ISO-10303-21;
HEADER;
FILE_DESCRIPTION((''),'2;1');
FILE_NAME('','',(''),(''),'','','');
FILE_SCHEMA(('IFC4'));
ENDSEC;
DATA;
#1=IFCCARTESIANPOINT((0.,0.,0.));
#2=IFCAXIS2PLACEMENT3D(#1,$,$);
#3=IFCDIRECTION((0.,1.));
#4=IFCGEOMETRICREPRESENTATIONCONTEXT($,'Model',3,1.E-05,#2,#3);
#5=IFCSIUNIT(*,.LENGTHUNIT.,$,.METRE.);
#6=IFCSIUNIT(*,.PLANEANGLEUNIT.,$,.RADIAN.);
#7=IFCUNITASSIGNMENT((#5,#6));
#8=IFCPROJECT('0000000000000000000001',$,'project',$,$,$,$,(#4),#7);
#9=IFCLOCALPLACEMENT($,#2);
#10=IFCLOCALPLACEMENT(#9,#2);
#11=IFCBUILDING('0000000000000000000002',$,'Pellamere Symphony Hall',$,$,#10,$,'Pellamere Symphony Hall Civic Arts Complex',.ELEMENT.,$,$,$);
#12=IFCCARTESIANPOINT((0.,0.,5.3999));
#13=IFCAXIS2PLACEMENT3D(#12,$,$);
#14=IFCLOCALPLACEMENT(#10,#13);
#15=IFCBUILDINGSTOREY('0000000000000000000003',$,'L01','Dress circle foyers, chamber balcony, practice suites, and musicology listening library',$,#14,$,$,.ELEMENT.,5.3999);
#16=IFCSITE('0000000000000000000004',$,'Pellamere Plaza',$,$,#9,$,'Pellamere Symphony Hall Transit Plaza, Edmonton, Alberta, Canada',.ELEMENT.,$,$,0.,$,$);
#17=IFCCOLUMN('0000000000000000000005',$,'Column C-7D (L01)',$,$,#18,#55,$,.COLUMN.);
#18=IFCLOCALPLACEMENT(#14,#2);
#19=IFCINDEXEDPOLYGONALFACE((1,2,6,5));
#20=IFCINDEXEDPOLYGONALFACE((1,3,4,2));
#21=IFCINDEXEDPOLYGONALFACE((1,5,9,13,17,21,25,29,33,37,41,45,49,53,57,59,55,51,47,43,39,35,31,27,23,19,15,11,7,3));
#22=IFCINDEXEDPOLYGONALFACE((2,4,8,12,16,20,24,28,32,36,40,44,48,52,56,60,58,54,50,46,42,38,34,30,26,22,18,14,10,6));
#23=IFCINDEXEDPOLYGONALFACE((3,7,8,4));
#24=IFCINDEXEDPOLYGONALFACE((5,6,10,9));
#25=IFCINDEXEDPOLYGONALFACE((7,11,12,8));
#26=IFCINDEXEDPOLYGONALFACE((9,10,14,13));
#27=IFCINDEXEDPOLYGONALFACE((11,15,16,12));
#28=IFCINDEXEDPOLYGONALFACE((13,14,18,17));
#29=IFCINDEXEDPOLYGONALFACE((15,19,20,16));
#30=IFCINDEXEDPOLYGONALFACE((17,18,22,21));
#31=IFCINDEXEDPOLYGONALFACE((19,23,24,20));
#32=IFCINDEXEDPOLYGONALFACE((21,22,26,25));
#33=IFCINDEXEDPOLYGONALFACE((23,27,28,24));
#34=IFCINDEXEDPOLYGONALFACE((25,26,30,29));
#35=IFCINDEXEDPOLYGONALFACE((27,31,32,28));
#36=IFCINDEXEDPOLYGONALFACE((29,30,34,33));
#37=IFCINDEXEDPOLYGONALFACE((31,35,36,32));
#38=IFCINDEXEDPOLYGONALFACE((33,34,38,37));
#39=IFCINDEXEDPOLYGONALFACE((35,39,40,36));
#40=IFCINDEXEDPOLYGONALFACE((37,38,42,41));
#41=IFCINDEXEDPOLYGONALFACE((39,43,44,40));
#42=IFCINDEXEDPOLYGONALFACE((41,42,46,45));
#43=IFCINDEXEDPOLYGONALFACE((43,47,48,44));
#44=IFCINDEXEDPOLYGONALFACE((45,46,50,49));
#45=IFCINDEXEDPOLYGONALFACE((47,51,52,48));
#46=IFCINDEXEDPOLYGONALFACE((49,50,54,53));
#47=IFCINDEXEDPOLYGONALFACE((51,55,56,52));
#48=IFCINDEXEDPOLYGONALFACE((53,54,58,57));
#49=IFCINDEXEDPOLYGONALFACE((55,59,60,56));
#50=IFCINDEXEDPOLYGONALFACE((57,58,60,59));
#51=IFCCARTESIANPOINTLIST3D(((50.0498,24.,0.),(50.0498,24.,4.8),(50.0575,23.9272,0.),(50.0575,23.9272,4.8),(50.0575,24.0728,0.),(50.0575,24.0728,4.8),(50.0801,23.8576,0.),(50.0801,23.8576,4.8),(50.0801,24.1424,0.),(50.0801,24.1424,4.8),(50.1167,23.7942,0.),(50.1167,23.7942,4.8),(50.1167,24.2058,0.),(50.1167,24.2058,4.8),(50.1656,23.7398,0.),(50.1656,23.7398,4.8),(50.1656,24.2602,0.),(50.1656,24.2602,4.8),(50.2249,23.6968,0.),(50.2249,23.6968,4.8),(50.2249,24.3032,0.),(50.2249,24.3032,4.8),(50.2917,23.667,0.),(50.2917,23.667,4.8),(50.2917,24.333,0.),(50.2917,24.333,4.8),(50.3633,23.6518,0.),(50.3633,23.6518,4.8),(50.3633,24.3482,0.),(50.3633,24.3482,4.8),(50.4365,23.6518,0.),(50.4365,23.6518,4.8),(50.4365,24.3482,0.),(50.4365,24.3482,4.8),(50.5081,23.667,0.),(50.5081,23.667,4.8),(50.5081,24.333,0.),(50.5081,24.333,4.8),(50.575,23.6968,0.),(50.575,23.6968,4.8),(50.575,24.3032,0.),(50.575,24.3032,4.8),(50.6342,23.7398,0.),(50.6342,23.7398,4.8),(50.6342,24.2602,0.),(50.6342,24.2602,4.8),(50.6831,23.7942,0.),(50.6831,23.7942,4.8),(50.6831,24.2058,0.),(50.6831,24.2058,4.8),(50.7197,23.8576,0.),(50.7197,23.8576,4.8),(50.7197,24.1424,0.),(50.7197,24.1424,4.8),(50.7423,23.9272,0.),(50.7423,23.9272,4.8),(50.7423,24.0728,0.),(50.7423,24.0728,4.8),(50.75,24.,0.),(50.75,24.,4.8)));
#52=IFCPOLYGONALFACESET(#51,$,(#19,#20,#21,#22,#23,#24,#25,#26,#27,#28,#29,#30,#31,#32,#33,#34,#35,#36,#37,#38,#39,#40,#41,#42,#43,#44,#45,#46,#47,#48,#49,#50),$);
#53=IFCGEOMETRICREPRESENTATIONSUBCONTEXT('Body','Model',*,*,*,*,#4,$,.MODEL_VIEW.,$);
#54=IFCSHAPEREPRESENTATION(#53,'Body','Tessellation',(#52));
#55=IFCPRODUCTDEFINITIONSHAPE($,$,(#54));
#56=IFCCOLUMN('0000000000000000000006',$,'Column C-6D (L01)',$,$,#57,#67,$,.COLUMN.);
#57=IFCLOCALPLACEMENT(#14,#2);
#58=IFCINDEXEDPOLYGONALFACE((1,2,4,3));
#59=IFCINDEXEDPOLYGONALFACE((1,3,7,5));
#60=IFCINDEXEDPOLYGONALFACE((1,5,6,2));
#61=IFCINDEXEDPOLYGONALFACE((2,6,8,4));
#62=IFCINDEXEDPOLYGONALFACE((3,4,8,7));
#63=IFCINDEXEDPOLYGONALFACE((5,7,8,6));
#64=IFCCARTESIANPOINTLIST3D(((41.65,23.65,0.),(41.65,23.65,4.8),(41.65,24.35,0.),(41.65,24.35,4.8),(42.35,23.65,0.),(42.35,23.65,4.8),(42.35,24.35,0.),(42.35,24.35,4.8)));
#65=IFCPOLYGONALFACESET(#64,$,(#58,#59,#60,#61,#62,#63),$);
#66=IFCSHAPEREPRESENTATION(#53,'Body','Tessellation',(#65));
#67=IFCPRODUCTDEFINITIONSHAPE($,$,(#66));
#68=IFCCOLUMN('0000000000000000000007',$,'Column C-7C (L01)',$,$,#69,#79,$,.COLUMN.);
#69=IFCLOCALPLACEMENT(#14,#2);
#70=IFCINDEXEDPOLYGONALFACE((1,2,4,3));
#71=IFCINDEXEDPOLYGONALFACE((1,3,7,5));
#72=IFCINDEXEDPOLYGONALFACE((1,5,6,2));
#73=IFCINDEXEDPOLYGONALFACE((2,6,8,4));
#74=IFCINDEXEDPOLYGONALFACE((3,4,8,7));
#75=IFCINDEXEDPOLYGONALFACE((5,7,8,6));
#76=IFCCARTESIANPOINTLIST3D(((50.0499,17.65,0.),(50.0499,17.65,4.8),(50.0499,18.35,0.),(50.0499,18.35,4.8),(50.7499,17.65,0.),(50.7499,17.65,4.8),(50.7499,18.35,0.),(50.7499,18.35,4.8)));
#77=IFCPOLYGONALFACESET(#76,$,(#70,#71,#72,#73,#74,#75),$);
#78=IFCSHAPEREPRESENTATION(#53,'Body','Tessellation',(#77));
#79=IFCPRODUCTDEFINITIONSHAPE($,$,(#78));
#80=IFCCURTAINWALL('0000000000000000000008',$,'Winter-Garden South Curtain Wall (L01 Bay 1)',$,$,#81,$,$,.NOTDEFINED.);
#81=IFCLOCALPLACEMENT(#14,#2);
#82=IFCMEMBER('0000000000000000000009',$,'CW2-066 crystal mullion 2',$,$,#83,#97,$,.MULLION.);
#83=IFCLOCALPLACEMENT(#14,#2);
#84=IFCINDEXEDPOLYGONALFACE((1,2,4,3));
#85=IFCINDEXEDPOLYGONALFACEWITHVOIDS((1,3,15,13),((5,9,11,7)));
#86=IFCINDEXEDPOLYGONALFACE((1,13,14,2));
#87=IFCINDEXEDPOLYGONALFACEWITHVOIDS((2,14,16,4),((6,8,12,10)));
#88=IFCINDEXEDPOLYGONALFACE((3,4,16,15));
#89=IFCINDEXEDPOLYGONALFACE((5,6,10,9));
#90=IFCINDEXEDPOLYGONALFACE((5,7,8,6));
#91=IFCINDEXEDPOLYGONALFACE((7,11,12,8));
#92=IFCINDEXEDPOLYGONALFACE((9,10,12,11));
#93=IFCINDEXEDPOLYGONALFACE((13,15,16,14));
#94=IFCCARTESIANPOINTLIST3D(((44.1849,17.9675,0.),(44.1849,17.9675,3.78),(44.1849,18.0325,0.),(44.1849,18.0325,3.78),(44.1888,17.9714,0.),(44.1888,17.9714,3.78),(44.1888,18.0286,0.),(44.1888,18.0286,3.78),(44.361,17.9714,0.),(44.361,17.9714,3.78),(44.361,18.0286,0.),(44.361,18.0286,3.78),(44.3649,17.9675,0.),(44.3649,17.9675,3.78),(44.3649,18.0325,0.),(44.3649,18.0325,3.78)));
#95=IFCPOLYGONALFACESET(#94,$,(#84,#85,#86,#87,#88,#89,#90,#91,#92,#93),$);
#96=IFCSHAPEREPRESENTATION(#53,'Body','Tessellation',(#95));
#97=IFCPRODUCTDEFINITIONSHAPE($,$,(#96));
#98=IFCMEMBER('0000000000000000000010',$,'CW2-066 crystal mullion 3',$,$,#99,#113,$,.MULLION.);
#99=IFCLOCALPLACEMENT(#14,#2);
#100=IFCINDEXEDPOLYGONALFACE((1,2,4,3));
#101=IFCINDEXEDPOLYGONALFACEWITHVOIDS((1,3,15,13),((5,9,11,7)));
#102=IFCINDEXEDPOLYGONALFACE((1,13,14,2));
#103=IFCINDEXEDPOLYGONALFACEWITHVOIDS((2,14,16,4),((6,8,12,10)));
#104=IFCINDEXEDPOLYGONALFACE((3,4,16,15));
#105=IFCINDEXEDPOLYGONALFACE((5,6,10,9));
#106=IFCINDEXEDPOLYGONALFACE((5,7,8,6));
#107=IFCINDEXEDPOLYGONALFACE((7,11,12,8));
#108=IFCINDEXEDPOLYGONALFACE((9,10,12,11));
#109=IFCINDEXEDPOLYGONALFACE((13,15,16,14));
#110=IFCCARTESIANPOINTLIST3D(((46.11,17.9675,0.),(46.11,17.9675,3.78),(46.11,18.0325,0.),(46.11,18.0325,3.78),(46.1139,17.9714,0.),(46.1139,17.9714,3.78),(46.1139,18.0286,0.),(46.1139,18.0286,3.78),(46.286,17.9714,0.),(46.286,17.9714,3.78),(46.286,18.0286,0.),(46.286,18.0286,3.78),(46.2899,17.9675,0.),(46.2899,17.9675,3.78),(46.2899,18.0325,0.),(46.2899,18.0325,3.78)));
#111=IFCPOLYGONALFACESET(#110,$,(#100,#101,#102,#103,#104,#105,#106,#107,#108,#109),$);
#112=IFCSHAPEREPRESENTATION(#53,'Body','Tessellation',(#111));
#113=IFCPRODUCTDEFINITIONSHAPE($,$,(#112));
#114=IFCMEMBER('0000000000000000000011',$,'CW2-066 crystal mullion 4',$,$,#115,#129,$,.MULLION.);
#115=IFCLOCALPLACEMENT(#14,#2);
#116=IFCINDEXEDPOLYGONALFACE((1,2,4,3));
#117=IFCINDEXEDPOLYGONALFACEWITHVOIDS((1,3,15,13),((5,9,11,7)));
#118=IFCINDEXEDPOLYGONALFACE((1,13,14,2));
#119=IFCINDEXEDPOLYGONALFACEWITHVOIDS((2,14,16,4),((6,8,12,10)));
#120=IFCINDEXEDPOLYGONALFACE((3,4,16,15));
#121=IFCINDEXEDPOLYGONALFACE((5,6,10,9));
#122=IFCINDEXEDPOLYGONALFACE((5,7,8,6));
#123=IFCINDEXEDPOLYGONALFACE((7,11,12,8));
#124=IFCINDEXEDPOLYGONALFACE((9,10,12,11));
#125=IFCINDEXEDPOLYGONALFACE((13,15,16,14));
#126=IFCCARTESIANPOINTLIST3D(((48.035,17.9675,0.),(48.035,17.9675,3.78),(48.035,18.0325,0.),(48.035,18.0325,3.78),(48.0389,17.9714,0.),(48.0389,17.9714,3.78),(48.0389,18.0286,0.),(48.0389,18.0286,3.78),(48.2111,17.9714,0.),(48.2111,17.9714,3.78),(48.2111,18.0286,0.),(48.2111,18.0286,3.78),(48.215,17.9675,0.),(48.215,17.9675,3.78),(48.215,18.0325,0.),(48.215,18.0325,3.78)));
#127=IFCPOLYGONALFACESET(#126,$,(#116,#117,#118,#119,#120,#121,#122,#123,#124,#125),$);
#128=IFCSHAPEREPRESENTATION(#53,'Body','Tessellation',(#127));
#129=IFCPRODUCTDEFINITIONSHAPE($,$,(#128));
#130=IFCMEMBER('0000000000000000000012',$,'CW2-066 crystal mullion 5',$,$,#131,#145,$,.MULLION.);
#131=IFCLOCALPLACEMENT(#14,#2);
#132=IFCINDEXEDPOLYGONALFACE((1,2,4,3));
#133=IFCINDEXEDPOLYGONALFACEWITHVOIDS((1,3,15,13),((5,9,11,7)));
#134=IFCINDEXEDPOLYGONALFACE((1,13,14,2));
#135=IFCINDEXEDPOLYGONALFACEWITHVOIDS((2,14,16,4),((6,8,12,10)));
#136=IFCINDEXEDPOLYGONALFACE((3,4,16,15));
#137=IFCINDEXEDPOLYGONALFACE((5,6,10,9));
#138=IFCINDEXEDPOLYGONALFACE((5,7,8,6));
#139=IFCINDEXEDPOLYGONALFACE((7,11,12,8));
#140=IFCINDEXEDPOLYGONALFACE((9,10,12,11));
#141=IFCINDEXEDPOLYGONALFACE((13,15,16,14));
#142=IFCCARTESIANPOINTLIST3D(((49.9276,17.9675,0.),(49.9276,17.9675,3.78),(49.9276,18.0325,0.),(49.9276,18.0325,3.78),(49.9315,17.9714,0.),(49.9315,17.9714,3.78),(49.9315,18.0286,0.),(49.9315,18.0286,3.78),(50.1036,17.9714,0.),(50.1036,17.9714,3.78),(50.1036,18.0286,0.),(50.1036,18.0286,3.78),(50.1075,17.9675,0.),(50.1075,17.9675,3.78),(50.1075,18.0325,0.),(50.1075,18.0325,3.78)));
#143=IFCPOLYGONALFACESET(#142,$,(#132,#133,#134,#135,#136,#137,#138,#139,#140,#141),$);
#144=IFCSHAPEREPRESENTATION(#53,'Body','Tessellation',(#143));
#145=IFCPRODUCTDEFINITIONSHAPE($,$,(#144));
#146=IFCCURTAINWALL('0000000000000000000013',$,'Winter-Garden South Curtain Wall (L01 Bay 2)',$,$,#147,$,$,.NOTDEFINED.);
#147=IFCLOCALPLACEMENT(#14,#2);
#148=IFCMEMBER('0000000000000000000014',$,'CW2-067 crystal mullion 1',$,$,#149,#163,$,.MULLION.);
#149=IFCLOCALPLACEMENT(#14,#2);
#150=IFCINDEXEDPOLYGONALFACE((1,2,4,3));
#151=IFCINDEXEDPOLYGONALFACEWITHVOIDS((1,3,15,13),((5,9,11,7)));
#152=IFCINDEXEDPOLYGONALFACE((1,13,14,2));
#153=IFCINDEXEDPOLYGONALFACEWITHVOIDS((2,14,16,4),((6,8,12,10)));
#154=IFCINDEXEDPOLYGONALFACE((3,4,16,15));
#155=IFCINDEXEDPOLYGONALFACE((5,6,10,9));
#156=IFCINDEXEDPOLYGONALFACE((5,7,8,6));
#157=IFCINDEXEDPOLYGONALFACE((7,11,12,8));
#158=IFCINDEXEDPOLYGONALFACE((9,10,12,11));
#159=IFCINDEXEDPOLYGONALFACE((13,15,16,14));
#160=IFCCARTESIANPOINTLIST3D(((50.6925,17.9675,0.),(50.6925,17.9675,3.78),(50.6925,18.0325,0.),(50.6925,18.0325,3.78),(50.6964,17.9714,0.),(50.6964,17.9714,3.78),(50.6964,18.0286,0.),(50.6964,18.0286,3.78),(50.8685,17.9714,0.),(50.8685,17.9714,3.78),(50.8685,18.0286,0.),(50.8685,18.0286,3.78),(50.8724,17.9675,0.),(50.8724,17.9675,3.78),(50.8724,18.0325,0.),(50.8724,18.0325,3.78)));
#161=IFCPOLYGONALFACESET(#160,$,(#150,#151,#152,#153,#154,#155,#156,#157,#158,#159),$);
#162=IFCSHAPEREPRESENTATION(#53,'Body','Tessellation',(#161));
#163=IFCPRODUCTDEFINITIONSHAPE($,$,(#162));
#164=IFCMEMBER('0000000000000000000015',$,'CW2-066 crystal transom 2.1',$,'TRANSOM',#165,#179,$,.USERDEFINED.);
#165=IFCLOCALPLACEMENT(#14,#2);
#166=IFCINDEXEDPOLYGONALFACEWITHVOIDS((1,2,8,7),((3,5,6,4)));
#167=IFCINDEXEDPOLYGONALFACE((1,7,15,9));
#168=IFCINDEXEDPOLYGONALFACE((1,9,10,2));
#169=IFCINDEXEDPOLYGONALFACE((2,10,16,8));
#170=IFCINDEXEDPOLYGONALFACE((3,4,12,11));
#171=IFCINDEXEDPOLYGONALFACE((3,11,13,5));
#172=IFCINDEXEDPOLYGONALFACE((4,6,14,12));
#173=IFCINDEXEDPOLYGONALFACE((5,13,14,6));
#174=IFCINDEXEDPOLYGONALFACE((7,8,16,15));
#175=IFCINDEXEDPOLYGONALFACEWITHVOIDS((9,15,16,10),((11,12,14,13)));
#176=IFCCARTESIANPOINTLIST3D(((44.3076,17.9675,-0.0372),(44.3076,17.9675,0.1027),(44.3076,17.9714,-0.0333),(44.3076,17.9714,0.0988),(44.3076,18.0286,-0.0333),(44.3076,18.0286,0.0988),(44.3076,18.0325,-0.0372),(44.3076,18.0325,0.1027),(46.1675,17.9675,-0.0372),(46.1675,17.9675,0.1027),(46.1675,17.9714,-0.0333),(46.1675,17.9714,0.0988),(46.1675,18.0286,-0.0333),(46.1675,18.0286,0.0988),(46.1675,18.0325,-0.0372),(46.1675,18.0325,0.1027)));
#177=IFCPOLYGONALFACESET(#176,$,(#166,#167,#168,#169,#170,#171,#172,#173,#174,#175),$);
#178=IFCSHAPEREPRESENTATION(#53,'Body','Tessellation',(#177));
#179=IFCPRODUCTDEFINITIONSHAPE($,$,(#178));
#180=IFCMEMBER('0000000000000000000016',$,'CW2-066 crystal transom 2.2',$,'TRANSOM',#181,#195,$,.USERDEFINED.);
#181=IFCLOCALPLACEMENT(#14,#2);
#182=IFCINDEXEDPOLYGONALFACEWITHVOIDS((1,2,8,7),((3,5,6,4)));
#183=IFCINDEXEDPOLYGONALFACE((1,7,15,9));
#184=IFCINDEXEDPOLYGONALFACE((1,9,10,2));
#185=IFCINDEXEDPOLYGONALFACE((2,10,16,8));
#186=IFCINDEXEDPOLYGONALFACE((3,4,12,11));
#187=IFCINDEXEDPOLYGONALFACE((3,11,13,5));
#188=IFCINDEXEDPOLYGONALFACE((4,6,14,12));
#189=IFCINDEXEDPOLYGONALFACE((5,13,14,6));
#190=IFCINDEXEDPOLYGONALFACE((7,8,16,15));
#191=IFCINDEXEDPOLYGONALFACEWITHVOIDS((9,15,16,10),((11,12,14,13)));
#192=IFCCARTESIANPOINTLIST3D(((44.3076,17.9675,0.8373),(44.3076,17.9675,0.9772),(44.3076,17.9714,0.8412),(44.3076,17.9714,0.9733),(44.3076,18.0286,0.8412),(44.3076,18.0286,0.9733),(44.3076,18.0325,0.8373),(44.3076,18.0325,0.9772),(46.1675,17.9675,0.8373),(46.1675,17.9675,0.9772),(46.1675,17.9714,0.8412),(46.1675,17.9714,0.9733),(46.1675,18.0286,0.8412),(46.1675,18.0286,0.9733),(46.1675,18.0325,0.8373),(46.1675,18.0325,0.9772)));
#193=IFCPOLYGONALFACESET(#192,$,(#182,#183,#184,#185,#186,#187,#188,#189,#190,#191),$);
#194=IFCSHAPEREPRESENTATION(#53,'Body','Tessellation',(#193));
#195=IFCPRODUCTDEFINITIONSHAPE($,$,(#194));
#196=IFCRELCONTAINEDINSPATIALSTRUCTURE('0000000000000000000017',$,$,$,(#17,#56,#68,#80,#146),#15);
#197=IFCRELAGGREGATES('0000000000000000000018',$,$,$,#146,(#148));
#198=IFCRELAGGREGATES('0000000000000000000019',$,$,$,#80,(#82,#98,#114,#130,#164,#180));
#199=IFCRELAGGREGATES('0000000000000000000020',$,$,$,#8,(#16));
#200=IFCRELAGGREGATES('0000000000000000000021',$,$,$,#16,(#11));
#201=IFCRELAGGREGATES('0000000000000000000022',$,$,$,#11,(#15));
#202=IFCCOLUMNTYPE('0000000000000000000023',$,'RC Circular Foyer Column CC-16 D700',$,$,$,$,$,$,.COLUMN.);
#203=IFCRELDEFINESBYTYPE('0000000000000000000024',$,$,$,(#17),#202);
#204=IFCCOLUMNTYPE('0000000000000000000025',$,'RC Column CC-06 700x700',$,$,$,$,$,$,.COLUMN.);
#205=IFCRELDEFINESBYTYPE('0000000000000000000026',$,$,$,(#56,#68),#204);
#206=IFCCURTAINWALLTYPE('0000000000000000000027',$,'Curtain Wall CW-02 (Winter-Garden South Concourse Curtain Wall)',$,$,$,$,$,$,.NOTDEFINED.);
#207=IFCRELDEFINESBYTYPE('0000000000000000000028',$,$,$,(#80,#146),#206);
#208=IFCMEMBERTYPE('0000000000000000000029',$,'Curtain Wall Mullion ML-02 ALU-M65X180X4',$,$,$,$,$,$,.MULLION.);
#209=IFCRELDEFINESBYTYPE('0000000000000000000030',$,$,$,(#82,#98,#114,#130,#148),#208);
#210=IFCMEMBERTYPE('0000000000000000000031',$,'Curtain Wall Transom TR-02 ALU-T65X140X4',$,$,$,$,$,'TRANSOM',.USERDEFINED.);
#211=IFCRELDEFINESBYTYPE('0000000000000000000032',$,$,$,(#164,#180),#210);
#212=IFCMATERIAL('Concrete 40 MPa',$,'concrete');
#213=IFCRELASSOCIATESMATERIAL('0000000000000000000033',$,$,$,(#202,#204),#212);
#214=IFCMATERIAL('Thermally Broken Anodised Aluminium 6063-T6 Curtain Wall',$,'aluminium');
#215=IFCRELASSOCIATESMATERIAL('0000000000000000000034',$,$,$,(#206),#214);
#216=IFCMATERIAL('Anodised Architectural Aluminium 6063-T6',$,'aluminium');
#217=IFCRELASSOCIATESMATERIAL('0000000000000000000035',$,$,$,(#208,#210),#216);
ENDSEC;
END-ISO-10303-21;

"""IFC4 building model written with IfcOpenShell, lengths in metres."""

from ifc_helpers import new_model, si_unit, direction, frame, origin, origin_2d, place, context, subcontext, project, spatial, rectangle, hollow_rectangle, circle, extrude, material, material_profile, profile_set, type_object, element, aggregate, save


model = new_model("IFC4")

# Units and contexts
model_context = context("Model", 3, precision=1e-05, world=origin(), true_north=direction((0.0, 1.0)))
body_context = subcontext(model_context, "Body", "Model", "MODEL_VIEW")
ifc_project = project(units=[si_unit("LENGTHUNIT", "METRE"), si_unit("PLANEANGLEUNIT", "RADIAN")], contexts=[model_context])

# Site, building, storey
site_placement = place(None, origin())
site = spatial("IfcSite", under=ifc_project, at=site_placement, Name="Pellamere Plaza", LongName="Pellamere Symphony Hall Transit Plaza, Edmonton, Alberta, Canada", CompositionType="ELEMENT", RefElevation=0.0)
building_placement = place(site_placement, origin())
building = spatial("IfcBuilding", under=site, at=building_placement, Name="Pellamere Symphony Hall", LongName="Pellamere Symphony Hall Civic Arts Complex", CompositionType="ELEMENT")
storey_placement = place(building_placement, frame((0.0, 0.0, 5.3999)))
storey = spatial("IfcBuildingStorey", under=building, at=storey_placement, Name="L01", Description="Dress circle foyers, chamber balcony, practice suites, and musicology listening library", CompositionType="ELEMENT", Elevation=5.3999)

# Columns
ifc_material_1 = material(Name="Concrete 40 MPa", Category="concrete")
ifc_material_profile_1 = material_profile(ifc_material_1, circle(Radius=0.3501, at=origin_2d()), Name="RCCOL D700")
ifc_profile_set_1 = profile_set([ifc_material_profile_1], Name="Concrete 40 MPa")
column_type_1 = type_object("IfcColumnType", Name="RC Circular Foyer Column CC-16 D700", PredefinedType="COLUMN", material=ifc_profile_set_1)
column_placement = place(storey_placement, frame((50.3999, 24.0, 0.0), z_axis=(0.0, 0.0, 1.0), x_axis=(1.0, 0.0, 0.0)))
element("IfcColumn", 1, at=column_placement, inside=storey, type_object=column_type_1, Name="Column C-7D (L01)", PredefinedType="COLUMN", context=body_context, shape_type="SweptSolid", body=[
    extrude(circle(Radius=0.3501, at=origin_2d()), origin(), (0.0, 0.0, 1.0), 4.8),
])
ifc_material_profile_2 = material_profile(ifc_material_1, rectangle(XDim=0.7, YDim=0.7, at=origin_2d()), Name="RC 700x700")
ifc_profile_set_2 = profile_set([ifc_material_profile_2], Name="Concrete 40 MPa")
column_type_2 = type_object("IfcColumnType", Name="RC Column CC-06 700x700", PredefinedType="COLUMN", material=ifc_profile_set_2)
for number, where, z_axis, x_axis, name in (
    (2, (42.0, 24.0, 0.0), (0.0, 0.0, 1.0), (1.0, 0.0, 0.0), "Column C-6D (L01)"),
    (3, (50.3999, 18.0, 0.0), (0.0, 0.0, 1.0), (1.0, 0.0, 0.0), "Column C-7C (L01)"),
):
    element("IfcColumn", number, at=place(storey_placement, frame(where, z_axis=z_axis, x_axis=x_axis)), inside=storey, type_object=column_type_2, Name=name, PredefinedType="COLUMN", context=body_context, shape_type="SweptSolid", body=[
        extrude(rectangle(XDim=0.7, YDim=0.7, at=origin_2d()), origin(), (0.0, 0.0, 1.0), 4.8),
    ])

# Curtain wall, members
ifc_material_2 = material(Name="Thermally Broken Anodised Aluminium 6063-T6 Curtain Wall", Category="aluminium")
curtain_wall_type = type_object("IfcCurtainWallType", Name="Curtain Wall CW-02 (Winter-Garden South Concourse Curtain Wall)", PredefinedType="NOTDEFINED", material=ifc_material_2)
curtain_wall_1_placement = place(storey_placement, origin())
curtain_wall_1 = element("IfcCurtainWall", 4, at=curtain_wall_1_placement, inside=storey, type_object=curtain_wall_type, Name="Winter-Garden South Curtain Wall (L01 Bay 1)", PredefinedType="NOTDEFINED")
ifc_material_3 = material(Name="Anodised Architectural Aluminium 6063-T6", Category="aluminium")
ifc_material_profile_3 = material_profile(ifc_material_3, hollow_rectangle(XDim=0.0649, YDim=0.1799, WallThickness=0.0039, at=origin_2d()), Name="ALU-M65X180X4")
ifc_profile_set_3 = profile_set([ifc_material_profile_3], Name="Anodised Architectural Aluminium 6063-T6")
member_type_1 = type_object("IfcMemberType", Name="Curtain Wall Mullion ML-02 ALU-M65X180X4", PredefinedType="MULLION", material=ifc_profile_set_3)
member_1_placement = place(storey_placement, frame((44.2749, 18.0, 0.0), z_axis=(0.0, 0.0, 1.0), x_axis=(0.0, 1.0, 0.0)))
member_1 = element("IfcMember", 5, at=member_1_placement, type_object=member_type_1, Name="CW2-066 crystal mullion 2", PredefinedType="MULLION", context=body_context, shape_type="SweptSolid", body=[
    extrude(hollow_rectangle(XDim=0.0649, YDim=0.1799, WallThickness=0.0039, at=origin_2d()), origin(), (0.0, 0.0, 1.0), 3.78),
])
member_2_placement = place(storey_placement, frame((46.2, 18.0, 0.0), z_axis=(0.0, 0.0, 1.0), x_axis=(0.0, 1.0, 0.0)))
member_2 = element("IfcMember", 6, at=member_2_placement, type_object=member_type_1, Name="CW2-066 crystal mullion 3", PredefinedType="MULLION", context=body_context, shape_type="SweptSolid", body=[
    extrude(hollow_rectangle(XDim=0.0649, YDim=0.1799, WallThickness=0.0039, at=origin_2d()), origin(), (0.0, 0.0, 1.0), 3.78),
])
member_3_placement = place(storey_placement, frame((48.125, 18.0, 0.0), z_axis=(0.0, 0.0, 1.0), x_axis=(0.0, 1.0, 0.0)))
member_3 = element("IfcMember", 7, at=member_3_placement, type_object=member_type_1, Name="CW2-066 crystal mullion 4", PredefinedType="MULLION", context=body_context, shape_type="SweptSolid", body=[
    extrude(hollow_rectangle(XDim=0.0649, YDim=0.1799, WallThickness=0.0039, at=origin_2d()), origin(), (0.0, 0.0, 1.0), 3.78),
])
member_4_placement = place(storey_placement, frame((50.0176, 18.0, 0.0), z_axis=(0.0, 0.0, 1.0), x_axis=(0.0, 1.0, 0.0)))
member_4 = element("IfcMember", 8, at=member_4_placement, type_object=member_type_1, Name="CW2-066 crystal mullion 5", PredefinedType="MULLION", context=body_context, shape_type="SweptSolid", body=[
    extrude(hollow_rectangle(XDim=0.0649, YDim=0.1799, WallThickness=0.0039, at=origin_2d()), origin(), (0.0, 0.0, 1.0), 3.78),
])

# Curtain wall, member
curtain_wall_2_placement = place(storey_placement, origin())
curtain_wall_2 = element("IfcCurtainWall", 9, at=curtain_wall_2_placement, inside=storey, type_object=curtain_wall_type, Name="Winter-Garden South Curtain Wall (L01 Bay 2)", PredefinedType="NOTDEFINED")
member_5_placement = place(storey_placement, frame((50.7825, 18.0, 0.0), z_axis=(0.0, 0.0, 1.0), x_axis=(0.0, 1.0, 0.0)))
member_5 = element("IfcMember", 10, at=member_5_placement, type_object=member_type_1, Name="CW2-067 crystal mullion 1", PredefinedType="MULLION", context=body_context, shape_type="SweptSolid", body=[
    extrude(hollow_rectangle(XDim=0.0649, YDim=0.1799, WallThickness=0.0039, at=origin_2d()), origin(), (0.0, 0.0, 1.0), 3.78),
])

# Members
ifc_material_profile_4 = material_profile(ifc_material_3, hollow_rectangle(XDim=0.0649, YDim=0.1399, WallThickness=0.0039, at=origin_2d()), Name="ALU-T65X140X4")
ifc_profile_set_4 = profile_set([ifc_material_profile_4], Name="Anodised Architectural Aluminium 6063-T6")
member_type_2 = type_object("IfcMemberType", Name="Curtain Wall Transom TR-02 ALU-T65X140X4", ElementType="TRANSOM", PredefinedType="USERDEFINED", material=ifc_profile_set_4)
member_6_placement = place(storey_placement, frame((44.3076, 18.0, 0.0327), z_axis=(1.0, 0.0, 0.0), x_axis=(0.0, 1.0, 0.0)))
member_6 = element("IfcMember", 11, at=member_6_placement, type_object=member_type_2, Name="CW2-066 crystal transom 2.1", ObjectType="TRANSOM", PredefinedType="USERDEFINED", context=body_context, shape_type="SweptSolid", body=[
    extrude(hollow_rectangle(XDim=0.0649, YDim=0.1399, WallThickness=0.0039, at=origin_2d()), origin(), (0.0, 0.0, 1.0), 1.8599),
])
member_7_placement = place(storey_placement, frame((44.3076, 18.0, 0.9072), z_axis=(1.0, 0.0, 0.0), x_axis=(0.0, 1.0, 0.0)))
member_7 = element("IfcMember", 12, at=member_7_placement, type_object=member_type_2, Name="CW2-066 crystal transom 2.2", ObjectType="TRANSOM", PredefinedType="USERDEFINED", context=body_context, shape_type="SweptSolid", body=[
    extrude(hollow_rectangle(XDim=0.0649, YDim=0.1399, WallThickness=0.0039, at=origin_2d()), origin(), (0.0, 0.0, 1.0), 1.8599),
])
aggregate(curtain_wall_2, [member_5])

aggregate(curtain_wall_1, [member_1, member_2, member_3, member_4, member_6, member_7])

save(model, "model.ifc")
